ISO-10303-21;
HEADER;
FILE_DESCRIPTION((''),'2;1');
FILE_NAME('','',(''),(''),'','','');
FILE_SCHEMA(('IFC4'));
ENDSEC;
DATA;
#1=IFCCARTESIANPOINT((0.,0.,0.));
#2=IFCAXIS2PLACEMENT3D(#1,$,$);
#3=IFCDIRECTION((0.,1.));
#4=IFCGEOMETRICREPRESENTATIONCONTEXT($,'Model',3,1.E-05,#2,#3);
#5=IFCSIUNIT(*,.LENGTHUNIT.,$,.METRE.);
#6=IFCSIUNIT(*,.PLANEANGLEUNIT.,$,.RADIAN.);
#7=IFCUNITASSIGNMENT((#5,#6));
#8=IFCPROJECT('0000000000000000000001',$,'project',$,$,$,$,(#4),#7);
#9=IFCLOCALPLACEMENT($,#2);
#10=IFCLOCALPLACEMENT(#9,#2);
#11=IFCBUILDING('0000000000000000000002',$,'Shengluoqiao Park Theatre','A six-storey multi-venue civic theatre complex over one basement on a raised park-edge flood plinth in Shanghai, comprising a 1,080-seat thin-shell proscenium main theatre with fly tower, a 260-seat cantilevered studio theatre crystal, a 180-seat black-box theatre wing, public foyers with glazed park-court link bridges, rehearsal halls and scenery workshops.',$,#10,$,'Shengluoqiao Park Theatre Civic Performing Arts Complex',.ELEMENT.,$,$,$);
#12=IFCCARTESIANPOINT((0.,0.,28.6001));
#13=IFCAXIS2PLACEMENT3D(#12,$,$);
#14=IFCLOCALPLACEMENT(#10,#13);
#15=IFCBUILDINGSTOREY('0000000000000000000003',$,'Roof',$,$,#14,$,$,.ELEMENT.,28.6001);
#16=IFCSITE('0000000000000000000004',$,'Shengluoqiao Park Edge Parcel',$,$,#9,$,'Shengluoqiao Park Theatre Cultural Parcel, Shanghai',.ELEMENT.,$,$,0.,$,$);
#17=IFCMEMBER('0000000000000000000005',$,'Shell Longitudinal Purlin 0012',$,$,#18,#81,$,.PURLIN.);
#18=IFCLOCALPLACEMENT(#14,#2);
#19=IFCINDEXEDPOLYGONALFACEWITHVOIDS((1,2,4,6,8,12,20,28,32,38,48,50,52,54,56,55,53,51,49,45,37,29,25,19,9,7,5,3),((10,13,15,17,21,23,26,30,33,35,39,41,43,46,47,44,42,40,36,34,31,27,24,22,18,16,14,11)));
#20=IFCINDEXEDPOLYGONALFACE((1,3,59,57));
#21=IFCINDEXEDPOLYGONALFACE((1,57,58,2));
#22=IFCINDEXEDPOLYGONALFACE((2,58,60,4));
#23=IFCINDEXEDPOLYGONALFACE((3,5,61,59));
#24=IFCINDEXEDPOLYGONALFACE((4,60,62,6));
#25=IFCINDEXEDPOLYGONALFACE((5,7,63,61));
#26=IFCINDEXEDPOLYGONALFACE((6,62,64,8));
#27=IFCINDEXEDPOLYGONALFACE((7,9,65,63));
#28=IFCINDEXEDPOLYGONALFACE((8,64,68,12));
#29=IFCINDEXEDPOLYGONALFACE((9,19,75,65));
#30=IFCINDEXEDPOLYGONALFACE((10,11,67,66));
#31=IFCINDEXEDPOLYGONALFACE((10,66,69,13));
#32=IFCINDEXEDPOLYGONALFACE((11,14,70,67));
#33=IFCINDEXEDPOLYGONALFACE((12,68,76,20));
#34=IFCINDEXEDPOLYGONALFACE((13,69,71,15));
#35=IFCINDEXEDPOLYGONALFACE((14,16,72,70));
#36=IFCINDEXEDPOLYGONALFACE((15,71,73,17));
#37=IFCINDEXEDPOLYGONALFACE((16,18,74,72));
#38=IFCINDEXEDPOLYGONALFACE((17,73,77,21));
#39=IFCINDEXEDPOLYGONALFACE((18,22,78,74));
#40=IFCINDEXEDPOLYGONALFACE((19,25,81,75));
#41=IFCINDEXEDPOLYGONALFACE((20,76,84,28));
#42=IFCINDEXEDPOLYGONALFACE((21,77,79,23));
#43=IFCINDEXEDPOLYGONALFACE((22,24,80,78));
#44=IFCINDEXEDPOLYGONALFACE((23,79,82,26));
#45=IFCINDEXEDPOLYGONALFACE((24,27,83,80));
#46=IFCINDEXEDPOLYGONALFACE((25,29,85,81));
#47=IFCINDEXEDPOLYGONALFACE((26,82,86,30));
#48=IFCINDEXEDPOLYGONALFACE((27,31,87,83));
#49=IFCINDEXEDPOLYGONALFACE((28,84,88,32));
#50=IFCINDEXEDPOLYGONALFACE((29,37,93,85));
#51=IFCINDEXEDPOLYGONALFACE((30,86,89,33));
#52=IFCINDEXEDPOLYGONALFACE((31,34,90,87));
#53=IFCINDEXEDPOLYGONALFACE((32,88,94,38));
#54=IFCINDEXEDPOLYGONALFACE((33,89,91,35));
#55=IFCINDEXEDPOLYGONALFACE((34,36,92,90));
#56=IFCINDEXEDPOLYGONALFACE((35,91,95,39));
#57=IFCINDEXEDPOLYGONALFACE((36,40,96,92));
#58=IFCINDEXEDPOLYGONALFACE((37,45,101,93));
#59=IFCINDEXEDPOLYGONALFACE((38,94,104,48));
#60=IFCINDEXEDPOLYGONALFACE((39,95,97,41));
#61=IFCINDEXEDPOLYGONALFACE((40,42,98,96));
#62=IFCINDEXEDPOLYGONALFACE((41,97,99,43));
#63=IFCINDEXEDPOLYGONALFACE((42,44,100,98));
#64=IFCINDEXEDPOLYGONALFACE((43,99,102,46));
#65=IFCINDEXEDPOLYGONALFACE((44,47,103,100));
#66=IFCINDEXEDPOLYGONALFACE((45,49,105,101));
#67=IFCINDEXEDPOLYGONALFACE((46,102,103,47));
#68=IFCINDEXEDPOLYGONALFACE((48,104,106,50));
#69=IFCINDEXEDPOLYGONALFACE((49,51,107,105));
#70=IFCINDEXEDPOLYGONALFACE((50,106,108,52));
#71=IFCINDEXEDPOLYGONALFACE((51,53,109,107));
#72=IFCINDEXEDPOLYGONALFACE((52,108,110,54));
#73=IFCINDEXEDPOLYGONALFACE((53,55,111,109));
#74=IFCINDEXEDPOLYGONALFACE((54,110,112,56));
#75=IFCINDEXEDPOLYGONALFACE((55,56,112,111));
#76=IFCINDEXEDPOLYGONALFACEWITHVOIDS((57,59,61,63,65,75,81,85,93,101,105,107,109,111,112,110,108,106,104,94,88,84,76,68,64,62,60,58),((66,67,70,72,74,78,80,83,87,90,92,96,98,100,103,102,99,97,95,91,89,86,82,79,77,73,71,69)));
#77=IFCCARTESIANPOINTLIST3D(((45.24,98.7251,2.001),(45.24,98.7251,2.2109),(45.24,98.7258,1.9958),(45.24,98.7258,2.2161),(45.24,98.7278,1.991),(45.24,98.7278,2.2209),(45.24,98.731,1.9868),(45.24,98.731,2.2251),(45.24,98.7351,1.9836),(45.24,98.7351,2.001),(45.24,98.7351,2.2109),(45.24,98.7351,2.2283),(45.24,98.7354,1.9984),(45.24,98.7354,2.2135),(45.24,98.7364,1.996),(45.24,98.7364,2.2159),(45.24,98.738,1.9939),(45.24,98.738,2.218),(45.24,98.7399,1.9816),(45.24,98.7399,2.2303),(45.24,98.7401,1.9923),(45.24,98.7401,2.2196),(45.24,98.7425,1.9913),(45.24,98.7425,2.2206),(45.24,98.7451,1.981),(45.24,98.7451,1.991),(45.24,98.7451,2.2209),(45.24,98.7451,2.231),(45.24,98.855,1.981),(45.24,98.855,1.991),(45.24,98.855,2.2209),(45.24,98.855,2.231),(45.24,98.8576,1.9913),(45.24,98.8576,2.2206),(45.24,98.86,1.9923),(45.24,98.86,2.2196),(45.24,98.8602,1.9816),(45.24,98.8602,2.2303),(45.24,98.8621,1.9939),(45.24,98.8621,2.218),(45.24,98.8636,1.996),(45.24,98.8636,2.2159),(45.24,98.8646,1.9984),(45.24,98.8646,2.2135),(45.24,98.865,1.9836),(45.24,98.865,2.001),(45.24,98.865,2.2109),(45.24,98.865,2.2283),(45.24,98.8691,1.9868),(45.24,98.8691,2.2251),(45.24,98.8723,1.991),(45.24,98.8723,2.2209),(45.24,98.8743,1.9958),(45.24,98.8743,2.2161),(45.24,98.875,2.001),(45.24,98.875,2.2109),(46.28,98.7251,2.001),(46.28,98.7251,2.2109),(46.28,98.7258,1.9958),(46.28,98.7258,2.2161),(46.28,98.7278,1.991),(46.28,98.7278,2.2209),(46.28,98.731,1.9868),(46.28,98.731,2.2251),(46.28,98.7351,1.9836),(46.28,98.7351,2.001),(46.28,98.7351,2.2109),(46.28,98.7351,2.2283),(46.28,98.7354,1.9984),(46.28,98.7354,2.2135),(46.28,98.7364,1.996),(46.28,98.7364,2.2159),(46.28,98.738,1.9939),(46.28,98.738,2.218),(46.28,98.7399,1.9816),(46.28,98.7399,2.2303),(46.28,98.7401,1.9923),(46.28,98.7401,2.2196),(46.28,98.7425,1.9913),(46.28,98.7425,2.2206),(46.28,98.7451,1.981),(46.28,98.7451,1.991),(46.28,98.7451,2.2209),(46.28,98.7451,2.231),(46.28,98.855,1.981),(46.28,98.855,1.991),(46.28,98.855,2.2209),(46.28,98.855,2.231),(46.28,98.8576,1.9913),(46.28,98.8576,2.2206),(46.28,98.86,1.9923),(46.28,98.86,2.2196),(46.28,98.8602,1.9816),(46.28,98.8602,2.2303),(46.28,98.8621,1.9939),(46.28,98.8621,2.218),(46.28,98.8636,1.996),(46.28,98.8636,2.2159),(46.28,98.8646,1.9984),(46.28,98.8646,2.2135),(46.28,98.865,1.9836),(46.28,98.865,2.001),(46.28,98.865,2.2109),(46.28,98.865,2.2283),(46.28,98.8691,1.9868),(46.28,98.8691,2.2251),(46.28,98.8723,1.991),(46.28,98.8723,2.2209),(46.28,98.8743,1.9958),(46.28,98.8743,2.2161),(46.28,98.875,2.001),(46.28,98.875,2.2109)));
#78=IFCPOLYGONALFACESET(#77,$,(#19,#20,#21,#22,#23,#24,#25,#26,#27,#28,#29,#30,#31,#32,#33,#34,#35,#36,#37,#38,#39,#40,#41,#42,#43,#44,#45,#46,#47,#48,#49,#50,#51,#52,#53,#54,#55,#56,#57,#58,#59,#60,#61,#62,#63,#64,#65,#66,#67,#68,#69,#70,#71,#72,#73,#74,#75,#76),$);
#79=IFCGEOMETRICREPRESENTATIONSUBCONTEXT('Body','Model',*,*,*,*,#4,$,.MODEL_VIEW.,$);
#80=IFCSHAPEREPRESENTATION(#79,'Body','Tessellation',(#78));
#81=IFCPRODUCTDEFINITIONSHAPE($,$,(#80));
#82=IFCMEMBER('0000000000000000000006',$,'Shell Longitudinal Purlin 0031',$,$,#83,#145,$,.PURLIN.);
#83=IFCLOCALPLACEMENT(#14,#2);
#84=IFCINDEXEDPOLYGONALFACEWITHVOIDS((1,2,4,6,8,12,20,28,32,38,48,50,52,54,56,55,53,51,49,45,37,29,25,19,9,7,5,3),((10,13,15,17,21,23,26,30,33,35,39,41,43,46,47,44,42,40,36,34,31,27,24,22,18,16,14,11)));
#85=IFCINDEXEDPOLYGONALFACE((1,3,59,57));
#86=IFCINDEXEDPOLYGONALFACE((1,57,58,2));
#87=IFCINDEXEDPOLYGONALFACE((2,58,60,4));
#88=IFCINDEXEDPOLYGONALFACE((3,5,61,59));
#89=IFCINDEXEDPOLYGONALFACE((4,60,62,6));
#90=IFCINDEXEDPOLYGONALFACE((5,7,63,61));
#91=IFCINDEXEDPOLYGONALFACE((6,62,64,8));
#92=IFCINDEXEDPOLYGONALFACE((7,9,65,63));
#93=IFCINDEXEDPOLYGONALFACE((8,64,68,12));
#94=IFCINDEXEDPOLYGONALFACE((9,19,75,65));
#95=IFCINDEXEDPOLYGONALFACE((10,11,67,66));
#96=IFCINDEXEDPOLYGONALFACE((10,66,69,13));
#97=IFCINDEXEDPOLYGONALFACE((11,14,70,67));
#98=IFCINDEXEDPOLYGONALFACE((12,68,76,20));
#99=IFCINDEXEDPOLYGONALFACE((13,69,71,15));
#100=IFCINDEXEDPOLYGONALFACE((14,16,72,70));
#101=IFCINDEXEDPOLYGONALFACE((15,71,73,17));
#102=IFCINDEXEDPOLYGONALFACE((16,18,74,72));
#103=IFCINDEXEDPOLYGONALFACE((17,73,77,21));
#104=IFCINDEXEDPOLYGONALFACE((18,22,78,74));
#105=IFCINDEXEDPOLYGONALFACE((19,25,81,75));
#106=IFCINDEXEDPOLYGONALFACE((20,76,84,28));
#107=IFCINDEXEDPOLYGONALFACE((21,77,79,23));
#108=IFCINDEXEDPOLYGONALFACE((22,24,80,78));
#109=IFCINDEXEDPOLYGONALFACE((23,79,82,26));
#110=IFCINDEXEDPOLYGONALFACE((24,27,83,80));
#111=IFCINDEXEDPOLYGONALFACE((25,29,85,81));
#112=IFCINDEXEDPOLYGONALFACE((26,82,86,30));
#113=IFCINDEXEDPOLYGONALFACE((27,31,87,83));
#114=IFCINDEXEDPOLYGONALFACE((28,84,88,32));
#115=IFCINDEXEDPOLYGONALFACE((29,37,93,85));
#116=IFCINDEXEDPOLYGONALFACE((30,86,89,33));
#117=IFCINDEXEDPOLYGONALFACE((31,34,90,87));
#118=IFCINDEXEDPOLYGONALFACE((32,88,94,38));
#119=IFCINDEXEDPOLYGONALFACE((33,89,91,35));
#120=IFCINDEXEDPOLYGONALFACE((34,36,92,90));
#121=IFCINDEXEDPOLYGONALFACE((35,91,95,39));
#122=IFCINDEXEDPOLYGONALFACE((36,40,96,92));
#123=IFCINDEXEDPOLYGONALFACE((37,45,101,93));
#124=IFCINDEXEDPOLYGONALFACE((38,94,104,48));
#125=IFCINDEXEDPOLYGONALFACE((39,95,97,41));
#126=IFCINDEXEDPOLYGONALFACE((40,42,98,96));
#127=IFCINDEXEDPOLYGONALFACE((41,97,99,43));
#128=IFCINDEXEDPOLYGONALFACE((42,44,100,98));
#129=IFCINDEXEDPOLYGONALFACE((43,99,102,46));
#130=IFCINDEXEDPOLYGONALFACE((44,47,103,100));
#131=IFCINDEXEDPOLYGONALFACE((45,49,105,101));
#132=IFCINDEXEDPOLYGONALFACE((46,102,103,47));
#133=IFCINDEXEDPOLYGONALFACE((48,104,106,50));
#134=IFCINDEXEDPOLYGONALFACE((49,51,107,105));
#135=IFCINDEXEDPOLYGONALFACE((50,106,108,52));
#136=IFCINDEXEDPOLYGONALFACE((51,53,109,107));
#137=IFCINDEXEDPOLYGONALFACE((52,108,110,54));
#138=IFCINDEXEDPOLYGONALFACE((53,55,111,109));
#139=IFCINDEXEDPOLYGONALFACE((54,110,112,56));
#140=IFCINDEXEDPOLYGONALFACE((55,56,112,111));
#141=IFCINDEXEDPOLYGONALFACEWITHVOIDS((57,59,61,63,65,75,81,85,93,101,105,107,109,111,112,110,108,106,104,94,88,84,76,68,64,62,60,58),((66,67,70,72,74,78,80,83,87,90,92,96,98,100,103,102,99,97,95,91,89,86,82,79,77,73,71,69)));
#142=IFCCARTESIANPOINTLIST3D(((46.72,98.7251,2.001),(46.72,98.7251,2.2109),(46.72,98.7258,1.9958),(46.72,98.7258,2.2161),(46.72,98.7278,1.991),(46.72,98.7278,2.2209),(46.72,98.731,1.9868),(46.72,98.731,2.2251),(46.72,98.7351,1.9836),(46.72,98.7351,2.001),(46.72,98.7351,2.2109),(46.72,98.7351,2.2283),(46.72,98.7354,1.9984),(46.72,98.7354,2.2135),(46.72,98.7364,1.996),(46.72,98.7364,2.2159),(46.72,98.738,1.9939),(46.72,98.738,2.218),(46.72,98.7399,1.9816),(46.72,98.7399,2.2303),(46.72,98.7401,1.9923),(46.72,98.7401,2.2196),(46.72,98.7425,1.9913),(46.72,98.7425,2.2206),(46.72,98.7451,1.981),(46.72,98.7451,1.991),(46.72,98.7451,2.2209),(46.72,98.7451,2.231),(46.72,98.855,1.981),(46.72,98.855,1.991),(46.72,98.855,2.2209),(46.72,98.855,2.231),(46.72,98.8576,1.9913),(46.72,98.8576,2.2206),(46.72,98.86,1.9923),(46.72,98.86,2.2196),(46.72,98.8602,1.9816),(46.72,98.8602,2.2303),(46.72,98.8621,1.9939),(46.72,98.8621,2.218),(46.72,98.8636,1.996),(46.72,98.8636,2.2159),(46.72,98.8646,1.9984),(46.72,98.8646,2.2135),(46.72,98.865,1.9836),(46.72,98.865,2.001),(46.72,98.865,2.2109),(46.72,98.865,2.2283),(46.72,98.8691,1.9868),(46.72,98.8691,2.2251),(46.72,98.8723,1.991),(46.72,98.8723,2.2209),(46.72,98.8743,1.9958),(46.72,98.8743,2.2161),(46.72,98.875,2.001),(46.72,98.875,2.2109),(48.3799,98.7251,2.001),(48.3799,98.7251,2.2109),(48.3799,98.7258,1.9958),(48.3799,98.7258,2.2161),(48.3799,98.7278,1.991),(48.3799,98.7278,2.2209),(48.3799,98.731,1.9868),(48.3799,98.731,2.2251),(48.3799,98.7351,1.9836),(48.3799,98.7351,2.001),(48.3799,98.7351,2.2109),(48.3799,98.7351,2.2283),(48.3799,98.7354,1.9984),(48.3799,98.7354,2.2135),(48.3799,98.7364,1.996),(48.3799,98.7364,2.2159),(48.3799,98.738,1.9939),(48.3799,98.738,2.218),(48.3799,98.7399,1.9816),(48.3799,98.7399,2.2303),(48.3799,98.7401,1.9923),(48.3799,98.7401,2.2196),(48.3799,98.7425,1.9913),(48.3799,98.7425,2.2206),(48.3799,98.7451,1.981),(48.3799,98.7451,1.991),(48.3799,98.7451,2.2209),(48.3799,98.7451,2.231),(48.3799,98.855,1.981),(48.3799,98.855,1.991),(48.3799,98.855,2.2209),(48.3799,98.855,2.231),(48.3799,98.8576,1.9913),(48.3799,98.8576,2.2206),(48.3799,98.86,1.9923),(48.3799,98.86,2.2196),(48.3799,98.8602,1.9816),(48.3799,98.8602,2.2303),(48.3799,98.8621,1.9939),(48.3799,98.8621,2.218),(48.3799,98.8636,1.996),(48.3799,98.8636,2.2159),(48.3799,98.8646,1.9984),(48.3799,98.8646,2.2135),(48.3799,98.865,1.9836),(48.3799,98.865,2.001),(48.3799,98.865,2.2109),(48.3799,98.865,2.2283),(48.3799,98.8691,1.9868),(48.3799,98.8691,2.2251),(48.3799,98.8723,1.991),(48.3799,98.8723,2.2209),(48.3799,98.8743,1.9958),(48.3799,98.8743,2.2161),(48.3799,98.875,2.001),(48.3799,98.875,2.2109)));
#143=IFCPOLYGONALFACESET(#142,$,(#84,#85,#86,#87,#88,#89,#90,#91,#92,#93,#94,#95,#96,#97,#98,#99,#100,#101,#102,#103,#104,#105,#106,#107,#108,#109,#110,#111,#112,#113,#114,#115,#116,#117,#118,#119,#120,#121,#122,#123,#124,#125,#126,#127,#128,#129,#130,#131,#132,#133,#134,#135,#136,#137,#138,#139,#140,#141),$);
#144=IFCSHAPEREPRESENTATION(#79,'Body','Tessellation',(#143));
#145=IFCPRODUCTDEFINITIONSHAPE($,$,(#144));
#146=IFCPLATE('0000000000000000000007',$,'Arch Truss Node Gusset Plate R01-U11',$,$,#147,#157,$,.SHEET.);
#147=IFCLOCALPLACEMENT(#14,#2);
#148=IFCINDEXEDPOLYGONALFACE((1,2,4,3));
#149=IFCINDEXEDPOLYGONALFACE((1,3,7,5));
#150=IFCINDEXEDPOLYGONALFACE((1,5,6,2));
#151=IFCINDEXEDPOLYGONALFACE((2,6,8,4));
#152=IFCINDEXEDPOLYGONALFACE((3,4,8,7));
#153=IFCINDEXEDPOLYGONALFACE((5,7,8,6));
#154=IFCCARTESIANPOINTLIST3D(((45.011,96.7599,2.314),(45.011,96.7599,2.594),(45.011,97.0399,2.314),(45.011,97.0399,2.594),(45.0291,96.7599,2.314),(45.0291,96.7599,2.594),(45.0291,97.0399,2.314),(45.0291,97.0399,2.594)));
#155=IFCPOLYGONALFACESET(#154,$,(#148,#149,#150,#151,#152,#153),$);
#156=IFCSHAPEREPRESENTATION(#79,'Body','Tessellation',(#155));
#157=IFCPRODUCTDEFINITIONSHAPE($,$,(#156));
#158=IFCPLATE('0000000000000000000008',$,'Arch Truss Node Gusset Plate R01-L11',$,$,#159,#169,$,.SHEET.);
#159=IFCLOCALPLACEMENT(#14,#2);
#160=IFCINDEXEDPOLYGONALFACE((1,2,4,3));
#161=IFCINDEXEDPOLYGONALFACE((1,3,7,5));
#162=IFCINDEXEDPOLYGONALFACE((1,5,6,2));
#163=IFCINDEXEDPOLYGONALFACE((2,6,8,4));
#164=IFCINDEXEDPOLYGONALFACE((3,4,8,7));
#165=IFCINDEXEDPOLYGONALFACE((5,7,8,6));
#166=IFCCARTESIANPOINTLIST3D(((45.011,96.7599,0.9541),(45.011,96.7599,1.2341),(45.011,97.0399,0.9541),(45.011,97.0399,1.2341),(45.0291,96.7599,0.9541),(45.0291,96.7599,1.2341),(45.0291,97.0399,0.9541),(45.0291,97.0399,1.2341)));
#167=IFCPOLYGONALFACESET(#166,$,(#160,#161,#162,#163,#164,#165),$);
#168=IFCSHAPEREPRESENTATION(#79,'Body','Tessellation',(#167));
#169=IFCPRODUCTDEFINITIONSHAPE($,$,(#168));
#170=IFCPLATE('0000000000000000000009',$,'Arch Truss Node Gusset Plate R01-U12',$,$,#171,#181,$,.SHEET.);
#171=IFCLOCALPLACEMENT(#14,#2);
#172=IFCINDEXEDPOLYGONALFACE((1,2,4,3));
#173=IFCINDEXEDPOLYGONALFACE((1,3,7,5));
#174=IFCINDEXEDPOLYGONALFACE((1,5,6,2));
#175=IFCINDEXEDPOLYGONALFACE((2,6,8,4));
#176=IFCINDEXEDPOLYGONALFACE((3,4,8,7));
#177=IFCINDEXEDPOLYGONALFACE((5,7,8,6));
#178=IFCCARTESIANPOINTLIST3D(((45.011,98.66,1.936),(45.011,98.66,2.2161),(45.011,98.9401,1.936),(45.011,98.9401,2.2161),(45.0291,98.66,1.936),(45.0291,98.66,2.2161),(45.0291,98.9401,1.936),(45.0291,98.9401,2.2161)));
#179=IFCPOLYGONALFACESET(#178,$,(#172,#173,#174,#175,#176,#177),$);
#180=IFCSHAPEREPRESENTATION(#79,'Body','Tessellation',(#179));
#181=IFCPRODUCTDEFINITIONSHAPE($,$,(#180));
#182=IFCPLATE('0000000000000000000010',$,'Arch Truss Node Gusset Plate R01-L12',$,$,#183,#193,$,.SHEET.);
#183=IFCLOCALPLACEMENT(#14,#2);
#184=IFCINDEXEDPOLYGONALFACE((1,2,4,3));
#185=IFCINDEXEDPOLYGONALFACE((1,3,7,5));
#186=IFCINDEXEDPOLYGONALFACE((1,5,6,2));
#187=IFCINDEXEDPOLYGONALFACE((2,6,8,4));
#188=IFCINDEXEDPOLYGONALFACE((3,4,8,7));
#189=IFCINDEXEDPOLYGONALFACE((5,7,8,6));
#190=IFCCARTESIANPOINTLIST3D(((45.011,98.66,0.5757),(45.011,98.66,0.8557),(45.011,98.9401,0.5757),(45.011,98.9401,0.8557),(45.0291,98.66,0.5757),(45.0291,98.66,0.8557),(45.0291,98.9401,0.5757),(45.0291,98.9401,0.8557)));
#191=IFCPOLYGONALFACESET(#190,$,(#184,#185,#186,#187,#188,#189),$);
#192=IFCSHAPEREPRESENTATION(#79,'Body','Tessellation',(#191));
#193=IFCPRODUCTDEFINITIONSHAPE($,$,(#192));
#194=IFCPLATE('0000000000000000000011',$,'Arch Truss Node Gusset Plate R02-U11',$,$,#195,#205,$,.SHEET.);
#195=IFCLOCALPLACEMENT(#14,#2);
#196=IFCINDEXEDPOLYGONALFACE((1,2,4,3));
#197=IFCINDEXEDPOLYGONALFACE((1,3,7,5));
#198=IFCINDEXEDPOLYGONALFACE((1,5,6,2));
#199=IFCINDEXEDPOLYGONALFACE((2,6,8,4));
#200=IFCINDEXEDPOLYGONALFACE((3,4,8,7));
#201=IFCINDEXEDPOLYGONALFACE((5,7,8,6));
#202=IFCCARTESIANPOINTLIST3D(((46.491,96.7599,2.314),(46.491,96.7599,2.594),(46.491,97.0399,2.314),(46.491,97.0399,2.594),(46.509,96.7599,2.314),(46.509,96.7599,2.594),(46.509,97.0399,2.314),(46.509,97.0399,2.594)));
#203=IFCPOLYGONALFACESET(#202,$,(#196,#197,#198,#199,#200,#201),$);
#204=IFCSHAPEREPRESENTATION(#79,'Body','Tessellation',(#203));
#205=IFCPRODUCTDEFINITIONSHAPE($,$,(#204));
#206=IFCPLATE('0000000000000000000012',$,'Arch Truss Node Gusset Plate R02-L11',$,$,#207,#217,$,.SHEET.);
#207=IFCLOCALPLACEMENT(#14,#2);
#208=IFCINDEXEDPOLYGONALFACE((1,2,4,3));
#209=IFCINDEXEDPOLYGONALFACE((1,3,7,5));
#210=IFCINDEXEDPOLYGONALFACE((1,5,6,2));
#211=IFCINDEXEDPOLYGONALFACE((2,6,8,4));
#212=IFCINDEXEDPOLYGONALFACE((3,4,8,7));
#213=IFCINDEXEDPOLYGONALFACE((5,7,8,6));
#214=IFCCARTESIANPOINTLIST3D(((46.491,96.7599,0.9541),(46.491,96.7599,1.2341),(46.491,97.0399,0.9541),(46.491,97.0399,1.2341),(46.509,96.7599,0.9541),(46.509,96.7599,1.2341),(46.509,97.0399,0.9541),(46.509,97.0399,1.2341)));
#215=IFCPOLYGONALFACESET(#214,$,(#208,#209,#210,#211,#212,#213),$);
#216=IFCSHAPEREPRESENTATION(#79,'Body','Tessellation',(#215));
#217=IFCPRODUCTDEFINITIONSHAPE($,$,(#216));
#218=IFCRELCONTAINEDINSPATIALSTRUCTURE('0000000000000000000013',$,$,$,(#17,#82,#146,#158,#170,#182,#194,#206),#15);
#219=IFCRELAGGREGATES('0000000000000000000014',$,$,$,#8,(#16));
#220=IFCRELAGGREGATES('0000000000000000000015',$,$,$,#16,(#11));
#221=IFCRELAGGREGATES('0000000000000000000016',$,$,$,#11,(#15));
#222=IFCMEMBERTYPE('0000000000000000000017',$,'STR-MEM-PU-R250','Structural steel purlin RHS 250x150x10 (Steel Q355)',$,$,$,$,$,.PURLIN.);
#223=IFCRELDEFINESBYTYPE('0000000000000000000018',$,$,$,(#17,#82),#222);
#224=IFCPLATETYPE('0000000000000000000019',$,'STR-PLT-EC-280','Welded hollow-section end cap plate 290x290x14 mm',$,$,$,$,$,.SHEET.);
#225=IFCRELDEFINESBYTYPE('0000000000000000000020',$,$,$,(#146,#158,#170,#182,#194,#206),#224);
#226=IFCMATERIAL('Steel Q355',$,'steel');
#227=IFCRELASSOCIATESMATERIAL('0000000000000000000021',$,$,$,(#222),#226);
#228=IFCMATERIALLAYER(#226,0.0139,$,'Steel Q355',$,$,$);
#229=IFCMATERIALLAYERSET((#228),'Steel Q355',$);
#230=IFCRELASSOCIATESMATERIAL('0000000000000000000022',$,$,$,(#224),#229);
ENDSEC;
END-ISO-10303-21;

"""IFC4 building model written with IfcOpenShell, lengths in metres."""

from ifc_helpers import new_model, si_unit, direction, frame, origin, origin_2d, place, context, subcontext, project, spatial, rectangle, hollow_rectangle, extrude, material, layer, layer_set, material_profile, profile_set, type_object, element, save


model = new_model("IFC4")

# Units and contexts
model_context = context("Model", 3, precision=1e-05, world=origin(), true_north=direction((0.0, 1.0)))
body_context = subcontext(model_context, "Body", "Model", "MODEL_VIEW")
ifc_project = project(units=[si_unit("LENGTHUNIT", "METRE"), si_unit("PLANEANGLEUNIT", "RADIAN")], contexts=[model_context])

# Site, building, storey
site_placement = place(None, origin())
site = spatial("IfcSite", under=ifc_project, at=site_placement, Name="Shengluoqiao Park Edge Parcel", LongName="Shengluoqiao Park Theatre Cultural Parcel, Shanghai", CompositionType="ELEMENT", RefElevation=0.0)
building_placement = place(site_placement, origin())
building = spatial("IfcBuilding", under=site, at=building_placement, Name="Shengluoqiao Park Theatre", Description="A six-storey multi-venue civic theatre complex over one basement on a raised park-edge flood plinth in Shanghai, comprising a 1,080-seat thin-shell proscenium main theatre with fly tower, a 260-seat cantilevered studio theatre crystal, a 180-seat black-box theatre wing, public foyers with glazed park-court link bridges, rehearsal halls and scenery workshops.", LongName="Shengluoqiao Park Theatre Civic Performing Arts Complex", CompositionType="ELEMENT")
storey_placement = place(building_placement, frame((0.0, 0.0, 28.6001)))
storey = spatial("IfcBuildingStorey", under=building, at=storey_placement, Name="Roof", CompositionType="ELEMENT", Elevation=28.6001)

# Shared definitions
ifc_material_1 = material(Name="Steel Q355", Category="steel")

# Members
ifc_material_profile_1 = material_profile(ifc_material_1, hollow_rectangle(XDim=0.1499, YDim=0.25, WallThickness=0.01, InnerFilletRadius=0.01, OuterFilletRadius=0.02, at=origin_2d()), Name="RHS 250x150x10")
ifc_profile_set_1 = profile_set([ifc_material_profile_1], Name="Steel Q355")
member_type_1 = type_object("IfcMemberType", Name="STR-MEM-PU-R250", Description="Structural steel purlin RHS 250x150x10 (Steel Q355)", PredefinedType="PURLIN", material=ifc_profile_set_1)
member_1_placement = place(storey_placement, frame((45.24, 98.8, 2.106), z_axis=(1.0, 0.0, 0.0), x_axis=(0.0, 1.0, 0.0)))
element("IfcMember", 1, at=member_1_placement, inside=storey, type_object=member_type_1, Name="Shell Longitudinal Purlin 0012", PredefinedType="PURLIN", context=body_context, shape_type="SweptSolid", body=[
    extrude(hollow_rectangle(XDim=0.1499, YDim=0.25, WallThickness=0.01, InnerFilletRadius=0.01, OuterFilletRadius=0.02, at=origin_2d()), origin(), (0.0, 0.0, 1.0), 1.04),
])
member_2_placement = place(storey_placement, frame((46.72, 98.8, 2.106), z_axis=(1.0, 0.0, 0.0), x_axis=(0.0, 1.0, 0.0)))
element("IfcMember", 2, at=member_2_placement, inside=storey, type_object=member_type_1, Name="Shell Longitudinal Purlin 0031", PredefinedType="PURLIN", context=body_context, shape_type="SweptSolid", body=[
    extrude(hollow_rectangle(XDim=0.1499, YDim=0.25, WallThickness=0.01, InnerFilletRadius=0.01, OuterFilletRadius=0.02, at=origin_2d()), origin(), (0.0, 0.0, 1.0), 1.6599),
])

# Plates
ifc_layer_1 = layer(ifc_material_1, 0.0139, Name="Steel Q355")
ifc_layer_set_1 = layer_set([ifc_layer_1], Name="Steel Q355")
plate_type_1 = type_object("IfcPlateType", Name="STR-PLT-EC-280", Description="Welded hollow-section end cap plate 290x290x14 mm", PredefinedType="SHEET", material=ifc_layer_set_1)
for number, where, z_axis, x_axis, name in (
    (3, (45.02, 96.8999, 2.314), (0.0, 0.0, 1.0), (1.0, 0.0, 0.0), "Arch Truss Node Gusset Plate R01-U11"),
    (4, (45.02, 96.8999, 0.9541), (0.0, 0.0, 1.0), (1.0, 0.0, 0.0), "Arch Truss Node Gusset Plate R01-L11"),
    (5, (45.02, 98.8, 1.936), (0.0, 0.0, 1.0), (1.0, 0.0, 0.0), "Arch Truss Node Gusset Plate R01-U12"),
    (6, (45.02, 98.8, 0.5757), (0.0, 0.0, 1.0), (1.0, 0.0, 0.0), "Arch Truss Node Gusset Plate R01-L12"),
    (7, (46.5, 96.8999, 2.314), (0.0, 0.0, 1.0), (1.0, 0.0, 0.0), "Arch Truss Node Gusset Plate R02-U11"),
    (8, (46.5, 96.8999, 0.9541), (0.0, 0.0, 1.0), (1.0, 0.0, 0.0), "Arch Truss Node Gusset Plate R02-L11"),
):
    element("IfcPlate", number, at=place(storey_placement, frame(where, z_axis=z_axis, x_axis=x_axis)), inside=storey, type_object=plate_type_1, Name=name, PredefinedType="SHEET", context=body_context, shape_type="SweptSolid", body=[
        extrude(rectangle(XDim=0.0181, YDim=0.28, at=origin_2d()), origin(), (0.0, 0.0, 1.0), 0.28),
    ])

save(model, "model.ifc")
